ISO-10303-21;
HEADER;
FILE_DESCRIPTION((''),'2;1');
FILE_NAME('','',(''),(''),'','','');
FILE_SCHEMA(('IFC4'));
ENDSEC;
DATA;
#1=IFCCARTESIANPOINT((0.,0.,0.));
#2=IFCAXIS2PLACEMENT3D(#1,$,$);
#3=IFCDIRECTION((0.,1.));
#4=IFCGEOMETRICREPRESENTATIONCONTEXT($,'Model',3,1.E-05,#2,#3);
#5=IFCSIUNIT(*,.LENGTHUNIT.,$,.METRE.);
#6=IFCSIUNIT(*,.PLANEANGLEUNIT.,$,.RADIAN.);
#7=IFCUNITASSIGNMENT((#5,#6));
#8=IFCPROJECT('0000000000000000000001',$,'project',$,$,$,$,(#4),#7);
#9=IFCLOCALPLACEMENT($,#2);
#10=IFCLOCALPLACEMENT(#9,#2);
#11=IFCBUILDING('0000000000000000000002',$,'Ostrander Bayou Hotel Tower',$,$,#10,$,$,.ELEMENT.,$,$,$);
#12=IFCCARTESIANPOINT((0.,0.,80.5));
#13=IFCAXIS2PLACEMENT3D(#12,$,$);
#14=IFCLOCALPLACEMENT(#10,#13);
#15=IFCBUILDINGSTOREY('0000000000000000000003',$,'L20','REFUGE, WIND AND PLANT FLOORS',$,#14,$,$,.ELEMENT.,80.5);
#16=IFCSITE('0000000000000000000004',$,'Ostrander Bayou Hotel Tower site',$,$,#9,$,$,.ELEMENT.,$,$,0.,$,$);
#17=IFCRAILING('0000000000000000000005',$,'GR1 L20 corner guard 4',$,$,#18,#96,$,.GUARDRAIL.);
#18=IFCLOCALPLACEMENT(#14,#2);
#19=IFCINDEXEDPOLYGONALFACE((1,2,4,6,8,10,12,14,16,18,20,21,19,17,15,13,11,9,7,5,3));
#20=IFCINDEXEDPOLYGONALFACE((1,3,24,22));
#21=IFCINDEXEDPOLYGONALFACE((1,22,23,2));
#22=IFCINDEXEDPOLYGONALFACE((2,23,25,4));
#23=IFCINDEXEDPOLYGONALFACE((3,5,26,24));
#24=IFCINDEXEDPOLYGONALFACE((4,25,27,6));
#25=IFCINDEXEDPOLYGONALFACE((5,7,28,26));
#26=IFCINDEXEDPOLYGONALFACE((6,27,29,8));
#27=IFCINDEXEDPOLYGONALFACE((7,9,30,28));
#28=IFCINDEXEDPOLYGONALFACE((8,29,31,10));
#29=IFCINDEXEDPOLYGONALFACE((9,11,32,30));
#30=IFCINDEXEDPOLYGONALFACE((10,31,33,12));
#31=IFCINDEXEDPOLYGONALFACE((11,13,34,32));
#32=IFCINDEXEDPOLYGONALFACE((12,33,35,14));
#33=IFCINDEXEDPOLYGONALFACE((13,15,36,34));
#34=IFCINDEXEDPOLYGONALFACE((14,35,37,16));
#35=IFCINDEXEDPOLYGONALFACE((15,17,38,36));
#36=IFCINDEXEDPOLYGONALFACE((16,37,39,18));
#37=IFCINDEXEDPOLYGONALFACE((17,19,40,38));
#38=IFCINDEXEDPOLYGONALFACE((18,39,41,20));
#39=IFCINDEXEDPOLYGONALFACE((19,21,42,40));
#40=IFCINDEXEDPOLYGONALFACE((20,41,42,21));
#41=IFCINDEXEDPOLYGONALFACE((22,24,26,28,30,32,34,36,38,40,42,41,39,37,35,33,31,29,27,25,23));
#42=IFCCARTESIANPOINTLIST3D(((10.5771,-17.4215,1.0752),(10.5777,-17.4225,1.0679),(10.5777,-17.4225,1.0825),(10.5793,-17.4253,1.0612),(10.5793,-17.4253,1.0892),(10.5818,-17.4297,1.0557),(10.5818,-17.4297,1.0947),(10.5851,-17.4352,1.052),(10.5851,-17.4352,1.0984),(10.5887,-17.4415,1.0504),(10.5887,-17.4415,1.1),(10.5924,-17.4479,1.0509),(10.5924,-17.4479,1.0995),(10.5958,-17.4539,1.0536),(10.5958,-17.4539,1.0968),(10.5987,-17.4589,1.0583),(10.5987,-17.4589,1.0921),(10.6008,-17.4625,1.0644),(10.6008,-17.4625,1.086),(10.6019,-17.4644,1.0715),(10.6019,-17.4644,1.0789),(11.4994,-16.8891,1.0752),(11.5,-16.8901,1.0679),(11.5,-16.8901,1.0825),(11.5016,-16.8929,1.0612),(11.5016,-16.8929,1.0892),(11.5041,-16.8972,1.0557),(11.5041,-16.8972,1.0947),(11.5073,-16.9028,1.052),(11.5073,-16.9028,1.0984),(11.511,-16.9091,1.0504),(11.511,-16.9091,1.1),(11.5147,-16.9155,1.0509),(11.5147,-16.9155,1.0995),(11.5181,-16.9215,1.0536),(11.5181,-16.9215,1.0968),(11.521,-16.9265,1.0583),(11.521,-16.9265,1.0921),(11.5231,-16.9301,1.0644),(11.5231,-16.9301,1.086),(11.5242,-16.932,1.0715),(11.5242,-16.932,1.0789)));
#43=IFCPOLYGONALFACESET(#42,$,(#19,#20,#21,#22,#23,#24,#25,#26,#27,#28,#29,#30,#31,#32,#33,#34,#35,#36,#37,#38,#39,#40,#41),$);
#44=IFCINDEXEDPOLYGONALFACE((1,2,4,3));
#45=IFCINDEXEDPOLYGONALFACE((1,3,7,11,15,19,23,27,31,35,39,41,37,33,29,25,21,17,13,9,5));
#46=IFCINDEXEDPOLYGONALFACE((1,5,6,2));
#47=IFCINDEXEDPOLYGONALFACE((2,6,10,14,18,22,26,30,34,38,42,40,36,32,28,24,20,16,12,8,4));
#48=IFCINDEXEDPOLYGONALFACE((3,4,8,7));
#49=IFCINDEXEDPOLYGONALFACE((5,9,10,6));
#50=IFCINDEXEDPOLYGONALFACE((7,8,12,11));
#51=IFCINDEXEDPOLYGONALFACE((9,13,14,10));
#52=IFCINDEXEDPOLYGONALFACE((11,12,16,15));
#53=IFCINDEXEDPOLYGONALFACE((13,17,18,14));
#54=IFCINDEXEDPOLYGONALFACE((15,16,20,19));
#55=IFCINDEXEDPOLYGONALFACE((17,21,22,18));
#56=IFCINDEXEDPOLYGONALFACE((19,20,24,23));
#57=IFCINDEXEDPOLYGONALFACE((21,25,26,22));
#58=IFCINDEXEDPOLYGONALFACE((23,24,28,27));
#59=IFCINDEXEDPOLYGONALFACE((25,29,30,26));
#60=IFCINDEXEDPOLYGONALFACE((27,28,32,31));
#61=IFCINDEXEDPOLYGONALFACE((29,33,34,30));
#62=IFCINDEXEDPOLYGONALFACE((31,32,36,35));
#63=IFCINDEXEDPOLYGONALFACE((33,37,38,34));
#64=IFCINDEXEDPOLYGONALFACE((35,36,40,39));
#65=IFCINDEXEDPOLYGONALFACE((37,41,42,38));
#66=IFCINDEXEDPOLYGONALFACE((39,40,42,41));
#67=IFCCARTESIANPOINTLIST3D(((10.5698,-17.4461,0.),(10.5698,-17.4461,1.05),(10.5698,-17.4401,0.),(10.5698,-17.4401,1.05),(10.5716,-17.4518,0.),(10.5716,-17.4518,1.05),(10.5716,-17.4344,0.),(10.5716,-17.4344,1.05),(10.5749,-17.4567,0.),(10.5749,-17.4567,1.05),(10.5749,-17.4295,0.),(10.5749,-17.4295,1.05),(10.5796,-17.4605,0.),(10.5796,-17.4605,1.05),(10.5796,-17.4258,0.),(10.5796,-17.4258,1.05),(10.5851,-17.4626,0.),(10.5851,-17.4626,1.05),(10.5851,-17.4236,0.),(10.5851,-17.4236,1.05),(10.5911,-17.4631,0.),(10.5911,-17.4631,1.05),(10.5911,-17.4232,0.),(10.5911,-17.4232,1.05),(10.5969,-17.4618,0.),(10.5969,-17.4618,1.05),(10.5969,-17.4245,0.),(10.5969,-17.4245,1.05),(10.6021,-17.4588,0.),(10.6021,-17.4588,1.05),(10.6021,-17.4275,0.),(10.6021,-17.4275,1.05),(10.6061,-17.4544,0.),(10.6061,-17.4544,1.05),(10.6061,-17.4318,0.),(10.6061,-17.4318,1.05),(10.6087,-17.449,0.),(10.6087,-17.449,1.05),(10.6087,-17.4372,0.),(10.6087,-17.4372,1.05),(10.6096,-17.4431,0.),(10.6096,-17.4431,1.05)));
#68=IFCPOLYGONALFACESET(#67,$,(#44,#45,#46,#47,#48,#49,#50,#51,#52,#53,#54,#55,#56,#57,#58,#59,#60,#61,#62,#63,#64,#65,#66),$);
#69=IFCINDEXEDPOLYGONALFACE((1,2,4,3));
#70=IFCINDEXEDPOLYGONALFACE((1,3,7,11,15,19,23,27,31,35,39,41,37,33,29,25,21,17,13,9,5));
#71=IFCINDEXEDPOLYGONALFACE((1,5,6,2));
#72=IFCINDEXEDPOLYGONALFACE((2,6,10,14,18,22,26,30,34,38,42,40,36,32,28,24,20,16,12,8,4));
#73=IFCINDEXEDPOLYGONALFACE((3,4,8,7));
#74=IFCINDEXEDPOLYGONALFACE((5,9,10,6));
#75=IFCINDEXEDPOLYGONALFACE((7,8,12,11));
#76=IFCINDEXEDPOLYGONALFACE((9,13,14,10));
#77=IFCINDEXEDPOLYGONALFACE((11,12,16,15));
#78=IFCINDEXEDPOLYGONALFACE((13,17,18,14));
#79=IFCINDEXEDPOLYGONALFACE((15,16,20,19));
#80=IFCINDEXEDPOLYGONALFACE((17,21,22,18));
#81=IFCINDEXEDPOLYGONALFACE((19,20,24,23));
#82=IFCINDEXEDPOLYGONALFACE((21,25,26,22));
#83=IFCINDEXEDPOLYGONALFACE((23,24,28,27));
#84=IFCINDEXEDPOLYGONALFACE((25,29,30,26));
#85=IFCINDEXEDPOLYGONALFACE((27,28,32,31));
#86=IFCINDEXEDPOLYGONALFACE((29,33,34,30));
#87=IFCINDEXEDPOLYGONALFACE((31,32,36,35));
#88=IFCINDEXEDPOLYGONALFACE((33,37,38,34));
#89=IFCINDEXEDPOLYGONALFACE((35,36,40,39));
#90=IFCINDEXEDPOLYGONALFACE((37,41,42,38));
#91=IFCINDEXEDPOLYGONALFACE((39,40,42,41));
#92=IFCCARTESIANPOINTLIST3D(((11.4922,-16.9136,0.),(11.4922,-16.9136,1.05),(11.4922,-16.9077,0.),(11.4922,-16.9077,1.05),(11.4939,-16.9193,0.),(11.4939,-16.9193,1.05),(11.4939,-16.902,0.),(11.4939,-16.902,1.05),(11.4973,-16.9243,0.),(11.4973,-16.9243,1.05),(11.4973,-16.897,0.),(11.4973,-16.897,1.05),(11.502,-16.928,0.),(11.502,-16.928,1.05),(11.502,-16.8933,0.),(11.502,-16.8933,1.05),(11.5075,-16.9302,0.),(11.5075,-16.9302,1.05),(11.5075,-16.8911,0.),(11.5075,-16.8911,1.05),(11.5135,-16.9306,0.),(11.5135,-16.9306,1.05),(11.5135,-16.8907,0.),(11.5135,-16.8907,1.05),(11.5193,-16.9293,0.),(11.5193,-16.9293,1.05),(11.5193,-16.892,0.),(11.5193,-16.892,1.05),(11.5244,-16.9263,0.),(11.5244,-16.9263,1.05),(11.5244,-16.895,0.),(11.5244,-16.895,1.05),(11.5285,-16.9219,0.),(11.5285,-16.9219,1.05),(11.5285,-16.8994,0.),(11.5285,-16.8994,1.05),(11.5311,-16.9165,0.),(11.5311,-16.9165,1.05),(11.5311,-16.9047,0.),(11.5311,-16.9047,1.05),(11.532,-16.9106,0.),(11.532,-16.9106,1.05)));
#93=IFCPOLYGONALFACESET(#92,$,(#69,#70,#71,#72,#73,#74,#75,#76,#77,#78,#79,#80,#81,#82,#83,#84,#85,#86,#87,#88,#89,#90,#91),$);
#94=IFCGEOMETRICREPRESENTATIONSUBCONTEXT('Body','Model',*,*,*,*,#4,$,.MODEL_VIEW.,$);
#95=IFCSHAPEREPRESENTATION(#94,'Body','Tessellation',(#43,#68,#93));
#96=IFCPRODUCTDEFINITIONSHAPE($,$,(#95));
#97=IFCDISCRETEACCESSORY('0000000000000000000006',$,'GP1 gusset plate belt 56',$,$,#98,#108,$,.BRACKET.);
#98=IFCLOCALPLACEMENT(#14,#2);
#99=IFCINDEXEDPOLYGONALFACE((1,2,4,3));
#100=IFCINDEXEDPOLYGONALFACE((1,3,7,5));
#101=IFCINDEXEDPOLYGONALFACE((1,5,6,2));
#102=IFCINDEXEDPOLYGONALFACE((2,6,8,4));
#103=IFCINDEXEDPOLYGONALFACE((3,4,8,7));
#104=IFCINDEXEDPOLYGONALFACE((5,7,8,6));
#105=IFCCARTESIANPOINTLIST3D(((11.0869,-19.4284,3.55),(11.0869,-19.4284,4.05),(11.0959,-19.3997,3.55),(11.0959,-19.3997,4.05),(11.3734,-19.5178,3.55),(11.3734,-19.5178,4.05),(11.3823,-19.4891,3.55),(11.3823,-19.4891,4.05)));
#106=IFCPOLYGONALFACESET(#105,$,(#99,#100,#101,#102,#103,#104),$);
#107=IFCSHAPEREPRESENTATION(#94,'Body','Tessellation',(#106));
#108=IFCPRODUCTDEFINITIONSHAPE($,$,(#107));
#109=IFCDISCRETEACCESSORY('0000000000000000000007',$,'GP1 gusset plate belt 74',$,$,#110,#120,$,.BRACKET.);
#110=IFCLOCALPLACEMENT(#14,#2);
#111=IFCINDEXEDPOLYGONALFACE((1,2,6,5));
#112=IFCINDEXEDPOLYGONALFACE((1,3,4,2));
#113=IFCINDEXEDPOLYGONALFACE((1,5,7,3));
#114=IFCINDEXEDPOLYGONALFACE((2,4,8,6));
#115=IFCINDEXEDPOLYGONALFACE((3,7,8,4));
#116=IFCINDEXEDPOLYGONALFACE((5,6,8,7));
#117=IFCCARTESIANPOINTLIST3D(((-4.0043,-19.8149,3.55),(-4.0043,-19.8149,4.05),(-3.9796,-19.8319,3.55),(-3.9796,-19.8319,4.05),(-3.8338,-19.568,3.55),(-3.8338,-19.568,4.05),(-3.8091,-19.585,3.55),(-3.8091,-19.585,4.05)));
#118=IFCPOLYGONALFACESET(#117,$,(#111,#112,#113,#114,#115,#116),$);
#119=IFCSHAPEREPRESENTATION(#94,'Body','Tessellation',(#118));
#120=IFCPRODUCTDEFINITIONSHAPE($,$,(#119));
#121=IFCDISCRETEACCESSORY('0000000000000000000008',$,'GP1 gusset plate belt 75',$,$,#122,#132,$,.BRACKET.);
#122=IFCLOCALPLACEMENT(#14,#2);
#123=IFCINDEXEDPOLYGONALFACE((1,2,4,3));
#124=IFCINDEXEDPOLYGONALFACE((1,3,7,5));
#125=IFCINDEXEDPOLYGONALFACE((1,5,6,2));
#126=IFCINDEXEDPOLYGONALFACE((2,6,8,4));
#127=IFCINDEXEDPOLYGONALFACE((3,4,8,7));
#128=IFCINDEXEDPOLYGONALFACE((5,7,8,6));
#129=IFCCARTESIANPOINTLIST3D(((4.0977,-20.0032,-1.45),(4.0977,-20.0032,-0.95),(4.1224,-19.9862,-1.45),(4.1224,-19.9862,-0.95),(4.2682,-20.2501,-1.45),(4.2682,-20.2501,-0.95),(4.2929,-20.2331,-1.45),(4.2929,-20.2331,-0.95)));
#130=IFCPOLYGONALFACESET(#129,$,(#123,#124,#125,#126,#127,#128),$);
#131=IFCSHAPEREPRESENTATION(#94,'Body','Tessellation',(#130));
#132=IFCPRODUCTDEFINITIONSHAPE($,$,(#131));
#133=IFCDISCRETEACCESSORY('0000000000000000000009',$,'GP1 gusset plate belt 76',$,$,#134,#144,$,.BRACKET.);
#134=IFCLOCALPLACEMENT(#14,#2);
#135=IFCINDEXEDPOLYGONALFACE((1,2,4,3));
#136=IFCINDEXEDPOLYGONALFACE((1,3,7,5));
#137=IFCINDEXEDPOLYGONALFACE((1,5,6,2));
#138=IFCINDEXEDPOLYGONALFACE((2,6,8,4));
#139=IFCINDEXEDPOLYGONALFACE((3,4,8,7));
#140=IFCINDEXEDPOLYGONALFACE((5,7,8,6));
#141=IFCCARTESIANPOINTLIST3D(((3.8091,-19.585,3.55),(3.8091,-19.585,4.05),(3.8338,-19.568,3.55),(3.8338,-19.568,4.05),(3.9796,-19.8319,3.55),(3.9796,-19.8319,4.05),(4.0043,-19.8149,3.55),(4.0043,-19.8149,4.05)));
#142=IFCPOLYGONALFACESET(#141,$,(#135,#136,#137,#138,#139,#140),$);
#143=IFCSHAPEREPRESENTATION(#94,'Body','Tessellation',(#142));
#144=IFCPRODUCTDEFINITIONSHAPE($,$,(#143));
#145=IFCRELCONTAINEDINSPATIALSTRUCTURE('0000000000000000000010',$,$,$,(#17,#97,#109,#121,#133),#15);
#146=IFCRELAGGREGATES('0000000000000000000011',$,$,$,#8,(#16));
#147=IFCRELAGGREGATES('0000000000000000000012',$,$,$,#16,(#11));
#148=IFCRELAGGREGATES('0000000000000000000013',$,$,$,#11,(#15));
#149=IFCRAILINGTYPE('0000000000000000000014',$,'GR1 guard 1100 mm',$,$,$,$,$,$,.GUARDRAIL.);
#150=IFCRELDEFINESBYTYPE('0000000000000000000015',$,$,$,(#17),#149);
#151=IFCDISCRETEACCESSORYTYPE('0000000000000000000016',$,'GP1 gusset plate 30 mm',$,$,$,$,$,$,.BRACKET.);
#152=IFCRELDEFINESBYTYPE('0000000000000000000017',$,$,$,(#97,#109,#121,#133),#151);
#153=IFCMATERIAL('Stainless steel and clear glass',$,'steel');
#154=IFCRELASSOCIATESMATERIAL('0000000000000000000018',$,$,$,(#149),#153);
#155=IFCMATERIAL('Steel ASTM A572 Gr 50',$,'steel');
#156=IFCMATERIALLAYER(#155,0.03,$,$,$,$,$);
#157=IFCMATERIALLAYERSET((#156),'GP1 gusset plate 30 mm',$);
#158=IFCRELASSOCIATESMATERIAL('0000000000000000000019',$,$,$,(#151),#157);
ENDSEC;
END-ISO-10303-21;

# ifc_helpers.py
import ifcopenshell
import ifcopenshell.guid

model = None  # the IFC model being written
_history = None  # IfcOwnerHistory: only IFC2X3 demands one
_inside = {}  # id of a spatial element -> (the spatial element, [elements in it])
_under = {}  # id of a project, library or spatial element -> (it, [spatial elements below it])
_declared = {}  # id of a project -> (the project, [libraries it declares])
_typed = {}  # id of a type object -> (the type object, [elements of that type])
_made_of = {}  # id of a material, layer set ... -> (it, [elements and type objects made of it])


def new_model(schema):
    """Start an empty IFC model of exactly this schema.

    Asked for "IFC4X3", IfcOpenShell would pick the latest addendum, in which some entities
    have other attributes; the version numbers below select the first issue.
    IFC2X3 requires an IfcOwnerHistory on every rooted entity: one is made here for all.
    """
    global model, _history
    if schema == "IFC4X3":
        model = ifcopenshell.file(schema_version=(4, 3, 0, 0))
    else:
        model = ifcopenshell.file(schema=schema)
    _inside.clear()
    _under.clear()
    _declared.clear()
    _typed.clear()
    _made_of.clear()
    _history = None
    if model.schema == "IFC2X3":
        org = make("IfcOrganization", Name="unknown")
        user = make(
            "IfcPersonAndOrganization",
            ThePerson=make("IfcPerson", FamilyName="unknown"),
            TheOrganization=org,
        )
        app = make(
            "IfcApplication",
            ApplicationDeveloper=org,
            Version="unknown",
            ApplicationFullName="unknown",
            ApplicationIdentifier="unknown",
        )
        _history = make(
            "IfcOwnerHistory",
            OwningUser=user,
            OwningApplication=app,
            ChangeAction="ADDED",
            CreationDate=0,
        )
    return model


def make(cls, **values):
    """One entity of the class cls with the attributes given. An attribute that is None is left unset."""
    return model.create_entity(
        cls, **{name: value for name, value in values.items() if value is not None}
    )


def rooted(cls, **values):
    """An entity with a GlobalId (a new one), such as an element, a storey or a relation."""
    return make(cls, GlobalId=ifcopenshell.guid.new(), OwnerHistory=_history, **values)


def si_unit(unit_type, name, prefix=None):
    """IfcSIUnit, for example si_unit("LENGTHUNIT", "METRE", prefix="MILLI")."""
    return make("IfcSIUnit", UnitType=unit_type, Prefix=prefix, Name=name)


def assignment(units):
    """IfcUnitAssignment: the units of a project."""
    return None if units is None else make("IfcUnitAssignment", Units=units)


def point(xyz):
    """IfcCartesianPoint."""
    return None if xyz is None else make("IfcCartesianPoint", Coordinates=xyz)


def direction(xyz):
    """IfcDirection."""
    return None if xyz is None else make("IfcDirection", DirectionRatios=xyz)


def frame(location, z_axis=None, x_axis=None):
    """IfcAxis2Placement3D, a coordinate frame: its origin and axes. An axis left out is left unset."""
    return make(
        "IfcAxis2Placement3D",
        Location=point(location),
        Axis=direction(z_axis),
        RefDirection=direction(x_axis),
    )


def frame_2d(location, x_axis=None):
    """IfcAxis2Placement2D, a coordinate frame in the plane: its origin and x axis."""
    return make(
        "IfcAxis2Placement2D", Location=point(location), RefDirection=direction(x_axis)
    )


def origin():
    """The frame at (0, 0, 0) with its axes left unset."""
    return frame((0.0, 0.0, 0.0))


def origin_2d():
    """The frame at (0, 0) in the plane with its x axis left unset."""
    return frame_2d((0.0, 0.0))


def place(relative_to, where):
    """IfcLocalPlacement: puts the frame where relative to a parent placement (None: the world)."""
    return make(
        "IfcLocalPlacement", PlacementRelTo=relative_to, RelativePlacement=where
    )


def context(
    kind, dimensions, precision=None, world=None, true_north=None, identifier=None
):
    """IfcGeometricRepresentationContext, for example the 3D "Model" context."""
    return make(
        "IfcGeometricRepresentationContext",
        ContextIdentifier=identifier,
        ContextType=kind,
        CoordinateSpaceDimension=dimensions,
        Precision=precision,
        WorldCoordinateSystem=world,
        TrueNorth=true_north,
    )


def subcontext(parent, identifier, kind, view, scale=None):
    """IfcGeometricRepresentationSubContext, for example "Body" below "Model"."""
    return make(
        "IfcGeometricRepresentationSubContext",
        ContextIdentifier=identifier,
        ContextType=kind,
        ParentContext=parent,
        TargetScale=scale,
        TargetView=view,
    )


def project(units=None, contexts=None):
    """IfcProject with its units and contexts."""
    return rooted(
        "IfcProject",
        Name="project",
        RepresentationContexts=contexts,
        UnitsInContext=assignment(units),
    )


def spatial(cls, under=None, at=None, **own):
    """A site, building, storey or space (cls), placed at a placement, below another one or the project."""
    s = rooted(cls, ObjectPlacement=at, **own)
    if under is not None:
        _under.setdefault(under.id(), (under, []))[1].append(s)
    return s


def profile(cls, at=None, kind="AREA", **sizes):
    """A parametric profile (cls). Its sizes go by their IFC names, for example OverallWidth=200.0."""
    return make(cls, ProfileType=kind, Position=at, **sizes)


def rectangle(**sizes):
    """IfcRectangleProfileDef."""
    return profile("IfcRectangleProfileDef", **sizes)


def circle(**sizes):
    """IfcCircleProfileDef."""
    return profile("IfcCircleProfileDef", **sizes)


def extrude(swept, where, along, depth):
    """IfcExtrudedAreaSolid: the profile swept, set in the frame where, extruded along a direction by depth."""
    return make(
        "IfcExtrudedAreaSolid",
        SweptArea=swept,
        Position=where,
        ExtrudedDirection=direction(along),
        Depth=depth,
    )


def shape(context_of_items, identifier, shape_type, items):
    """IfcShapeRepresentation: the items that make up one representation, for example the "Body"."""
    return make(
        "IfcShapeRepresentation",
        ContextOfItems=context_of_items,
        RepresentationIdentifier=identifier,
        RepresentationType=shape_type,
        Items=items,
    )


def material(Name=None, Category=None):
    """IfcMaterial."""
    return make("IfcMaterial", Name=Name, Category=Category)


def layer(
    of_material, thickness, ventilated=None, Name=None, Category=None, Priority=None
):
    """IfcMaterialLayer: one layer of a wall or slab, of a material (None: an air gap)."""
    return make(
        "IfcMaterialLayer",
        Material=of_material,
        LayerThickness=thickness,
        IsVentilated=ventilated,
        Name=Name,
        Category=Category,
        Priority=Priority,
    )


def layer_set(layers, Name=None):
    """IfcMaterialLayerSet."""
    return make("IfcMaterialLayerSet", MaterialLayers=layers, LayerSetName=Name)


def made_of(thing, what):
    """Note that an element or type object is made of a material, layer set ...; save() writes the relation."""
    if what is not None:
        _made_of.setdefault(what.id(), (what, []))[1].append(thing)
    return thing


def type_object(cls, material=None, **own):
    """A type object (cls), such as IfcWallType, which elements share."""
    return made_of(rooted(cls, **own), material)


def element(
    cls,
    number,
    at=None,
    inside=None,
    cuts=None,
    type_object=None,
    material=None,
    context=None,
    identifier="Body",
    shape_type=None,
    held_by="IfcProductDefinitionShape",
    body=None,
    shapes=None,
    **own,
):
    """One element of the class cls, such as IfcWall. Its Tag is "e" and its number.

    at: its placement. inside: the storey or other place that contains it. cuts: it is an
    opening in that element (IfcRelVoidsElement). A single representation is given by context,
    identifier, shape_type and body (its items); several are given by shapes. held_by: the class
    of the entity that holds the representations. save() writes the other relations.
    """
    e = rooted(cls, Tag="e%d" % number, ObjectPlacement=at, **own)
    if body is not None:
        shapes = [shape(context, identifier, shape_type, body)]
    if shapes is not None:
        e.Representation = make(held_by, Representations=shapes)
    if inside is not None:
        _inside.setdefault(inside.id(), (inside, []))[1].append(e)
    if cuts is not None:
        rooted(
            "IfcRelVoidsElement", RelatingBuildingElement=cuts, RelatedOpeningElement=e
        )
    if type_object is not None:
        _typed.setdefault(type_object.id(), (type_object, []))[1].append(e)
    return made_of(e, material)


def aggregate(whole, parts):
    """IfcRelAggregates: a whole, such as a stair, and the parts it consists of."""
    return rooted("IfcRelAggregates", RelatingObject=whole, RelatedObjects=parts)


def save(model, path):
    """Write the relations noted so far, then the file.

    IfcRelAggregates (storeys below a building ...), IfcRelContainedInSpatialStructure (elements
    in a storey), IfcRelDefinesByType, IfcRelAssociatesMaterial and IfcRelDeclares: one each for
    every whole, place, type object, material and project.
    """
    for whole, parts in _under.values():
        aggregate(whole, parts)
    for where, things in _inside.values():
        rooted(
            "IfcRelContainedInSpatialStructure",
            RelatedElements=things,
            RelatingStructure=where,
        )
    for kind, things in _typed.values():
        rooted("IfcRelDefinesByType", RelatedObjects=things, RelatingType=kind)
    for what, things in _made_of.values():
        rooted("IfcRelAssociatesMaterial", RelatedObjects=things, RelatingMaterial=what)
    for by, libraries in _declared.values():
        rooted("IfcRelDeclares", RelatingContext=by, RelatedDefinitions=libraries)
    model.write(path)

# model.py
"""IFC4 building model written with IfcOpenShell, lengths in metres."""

from ifc_helpers import new_model, si_unit, direction, frame, origin, origin_2d, place, context, subcontext, project, spatial, rectangle, circle, extrude, material, layer, layer_set, type_object, element, save


model = new_model("IFC4")

# Units and contexts
model_context = context("Model", 3, precision=1e-05, world=origin(), true_north=direction((0.0, 1.0)))
body_context = subcontext(model_context, "Body", "Model", "MODEL_VIEW")
ifc_project = project(units=[si_unit("LENGTHUNIT", "METRE"), si_unit("PLANEANGLEUNIT", "RADIAN")], contexts=[model_context])

# Site, building, storey
site_placement = place(None, origin())
site = spatial("IfcSite", under=ifc_project, at=site_placement, Name="Ostrander Bayou Hotel Tower site", CompositionType="ELEMENT", RefElevation=0.0)
building_placement = place(site_placement, origin())
building = spatial("IfcBuilding", under=site, at=building_placement, Name="Ostrander Bayou Hotel Tower", CompositionType="ELEMENT")
storey_placement = place(building_placement, frame((0.0, 0.0, 80.5)))
storey = spatial("IfcBuildingStorey", under=building, at=storey_placement, Name="L20", Description="REFUGE, WIND AND PLANT FLOORS", CompositionType="ELEMENT", Elevation=80.5)

# Railing
ifc_material_1 = material(Name="Stainless steel and clear glass", Category="steel")
railing_type = type_object("IfcRailingType", Name="GR1 guard 1100 mm", PredefinedType="GUARDRAIL", material=ifc_material_1)
railing_placement = place(storey_placement, frame((10.5896, -17.4431, 0.0)))
element("IfcRailing", 1, at=railing_placement, inside=storey, type_object=railing_type, Name="GR1 L20 corner guard 4", PredefinedType="GUARDRAIL", context=body_context, shape_type="SweptSolid", body=[
    extrude(circle(Radius=0.0249, at=origin_2d()), frame((0.0, 0.0, 1.0752), z_axis=(0.866048, 0.499961, 0.0), x_axis=(-0.499961, 0.866048, 0.0)), (0.0, 0.0, 1.0), 1.0649),
    extrude(circle(Radius=0.02, at=origin_2d()), origin(), (0.0, 0.0, 1.0), 1.05),
    extrude(circle(Radius=0.02, at=origin_2d()), frame((0.9224, 0.5325, 0.0)), (0.0, 0.0, 1.0), 1.05),
])

# Discrete accessories
ifc_material_2 = material(Name="Steel ASTM A572 Gr 50", Category="steel")
ifc_layer_1 = layer(ifc_material_2, 0.03)
ifc_layer_set_1 = layer_set([ifc_layer_1], Name="GP1 gusset plate 30 mm")
discrete_accessory_type = type_object("IfcDiscreteAccessoryType", Name="GP1 gusset plate 30 mm", PredefinedType="BRACKET", material=ifc_layer_set_1)
for number, where, z_axis, x_axis, name in (
    (2, (11.2346, -19.4587, 3.55), (0.0, 0.0, 1.0), (-0.95461, 0.297858, 0.0), "GP1 gusset plate belt 56"),
    (3, (-3.9067, -19.7, 3.55), (0.0, 0.0, 1.0), (0.568203, 0.822889, 0.0), "GP1 gusset plate belt 74"),
    (4, (4.1953, -20.1182, -1.45), (0.0, 0.0, 1.0), (-0.568203, 0.822889, 0.0), "GP1 gusset plate belt 75"),
    (5, (3.9067, -19.7, 3.55), (0.0, 0.0, 1.0), (-0.568203, 0.822889, 0.0), "GP1 gusset plate belt 76"),
):
    element("IfcDiscreteAccessory", number, at=place(storey_placement, frame(where, z_axis=z_axis, x_axis=x_axis)), inside=storey, type_object=discrete_accessory_type, Name=name, PredefinedType="BRACKET", context=body_context, shape_type="SweptSolid", body=[
        extrude(rectangle(XDim=0.3, YDim=0.03, at=origin_2d()), origin(), (0.0, 0.0, 1.0), 0.5),
    ])

save(model, "model.ifc")
